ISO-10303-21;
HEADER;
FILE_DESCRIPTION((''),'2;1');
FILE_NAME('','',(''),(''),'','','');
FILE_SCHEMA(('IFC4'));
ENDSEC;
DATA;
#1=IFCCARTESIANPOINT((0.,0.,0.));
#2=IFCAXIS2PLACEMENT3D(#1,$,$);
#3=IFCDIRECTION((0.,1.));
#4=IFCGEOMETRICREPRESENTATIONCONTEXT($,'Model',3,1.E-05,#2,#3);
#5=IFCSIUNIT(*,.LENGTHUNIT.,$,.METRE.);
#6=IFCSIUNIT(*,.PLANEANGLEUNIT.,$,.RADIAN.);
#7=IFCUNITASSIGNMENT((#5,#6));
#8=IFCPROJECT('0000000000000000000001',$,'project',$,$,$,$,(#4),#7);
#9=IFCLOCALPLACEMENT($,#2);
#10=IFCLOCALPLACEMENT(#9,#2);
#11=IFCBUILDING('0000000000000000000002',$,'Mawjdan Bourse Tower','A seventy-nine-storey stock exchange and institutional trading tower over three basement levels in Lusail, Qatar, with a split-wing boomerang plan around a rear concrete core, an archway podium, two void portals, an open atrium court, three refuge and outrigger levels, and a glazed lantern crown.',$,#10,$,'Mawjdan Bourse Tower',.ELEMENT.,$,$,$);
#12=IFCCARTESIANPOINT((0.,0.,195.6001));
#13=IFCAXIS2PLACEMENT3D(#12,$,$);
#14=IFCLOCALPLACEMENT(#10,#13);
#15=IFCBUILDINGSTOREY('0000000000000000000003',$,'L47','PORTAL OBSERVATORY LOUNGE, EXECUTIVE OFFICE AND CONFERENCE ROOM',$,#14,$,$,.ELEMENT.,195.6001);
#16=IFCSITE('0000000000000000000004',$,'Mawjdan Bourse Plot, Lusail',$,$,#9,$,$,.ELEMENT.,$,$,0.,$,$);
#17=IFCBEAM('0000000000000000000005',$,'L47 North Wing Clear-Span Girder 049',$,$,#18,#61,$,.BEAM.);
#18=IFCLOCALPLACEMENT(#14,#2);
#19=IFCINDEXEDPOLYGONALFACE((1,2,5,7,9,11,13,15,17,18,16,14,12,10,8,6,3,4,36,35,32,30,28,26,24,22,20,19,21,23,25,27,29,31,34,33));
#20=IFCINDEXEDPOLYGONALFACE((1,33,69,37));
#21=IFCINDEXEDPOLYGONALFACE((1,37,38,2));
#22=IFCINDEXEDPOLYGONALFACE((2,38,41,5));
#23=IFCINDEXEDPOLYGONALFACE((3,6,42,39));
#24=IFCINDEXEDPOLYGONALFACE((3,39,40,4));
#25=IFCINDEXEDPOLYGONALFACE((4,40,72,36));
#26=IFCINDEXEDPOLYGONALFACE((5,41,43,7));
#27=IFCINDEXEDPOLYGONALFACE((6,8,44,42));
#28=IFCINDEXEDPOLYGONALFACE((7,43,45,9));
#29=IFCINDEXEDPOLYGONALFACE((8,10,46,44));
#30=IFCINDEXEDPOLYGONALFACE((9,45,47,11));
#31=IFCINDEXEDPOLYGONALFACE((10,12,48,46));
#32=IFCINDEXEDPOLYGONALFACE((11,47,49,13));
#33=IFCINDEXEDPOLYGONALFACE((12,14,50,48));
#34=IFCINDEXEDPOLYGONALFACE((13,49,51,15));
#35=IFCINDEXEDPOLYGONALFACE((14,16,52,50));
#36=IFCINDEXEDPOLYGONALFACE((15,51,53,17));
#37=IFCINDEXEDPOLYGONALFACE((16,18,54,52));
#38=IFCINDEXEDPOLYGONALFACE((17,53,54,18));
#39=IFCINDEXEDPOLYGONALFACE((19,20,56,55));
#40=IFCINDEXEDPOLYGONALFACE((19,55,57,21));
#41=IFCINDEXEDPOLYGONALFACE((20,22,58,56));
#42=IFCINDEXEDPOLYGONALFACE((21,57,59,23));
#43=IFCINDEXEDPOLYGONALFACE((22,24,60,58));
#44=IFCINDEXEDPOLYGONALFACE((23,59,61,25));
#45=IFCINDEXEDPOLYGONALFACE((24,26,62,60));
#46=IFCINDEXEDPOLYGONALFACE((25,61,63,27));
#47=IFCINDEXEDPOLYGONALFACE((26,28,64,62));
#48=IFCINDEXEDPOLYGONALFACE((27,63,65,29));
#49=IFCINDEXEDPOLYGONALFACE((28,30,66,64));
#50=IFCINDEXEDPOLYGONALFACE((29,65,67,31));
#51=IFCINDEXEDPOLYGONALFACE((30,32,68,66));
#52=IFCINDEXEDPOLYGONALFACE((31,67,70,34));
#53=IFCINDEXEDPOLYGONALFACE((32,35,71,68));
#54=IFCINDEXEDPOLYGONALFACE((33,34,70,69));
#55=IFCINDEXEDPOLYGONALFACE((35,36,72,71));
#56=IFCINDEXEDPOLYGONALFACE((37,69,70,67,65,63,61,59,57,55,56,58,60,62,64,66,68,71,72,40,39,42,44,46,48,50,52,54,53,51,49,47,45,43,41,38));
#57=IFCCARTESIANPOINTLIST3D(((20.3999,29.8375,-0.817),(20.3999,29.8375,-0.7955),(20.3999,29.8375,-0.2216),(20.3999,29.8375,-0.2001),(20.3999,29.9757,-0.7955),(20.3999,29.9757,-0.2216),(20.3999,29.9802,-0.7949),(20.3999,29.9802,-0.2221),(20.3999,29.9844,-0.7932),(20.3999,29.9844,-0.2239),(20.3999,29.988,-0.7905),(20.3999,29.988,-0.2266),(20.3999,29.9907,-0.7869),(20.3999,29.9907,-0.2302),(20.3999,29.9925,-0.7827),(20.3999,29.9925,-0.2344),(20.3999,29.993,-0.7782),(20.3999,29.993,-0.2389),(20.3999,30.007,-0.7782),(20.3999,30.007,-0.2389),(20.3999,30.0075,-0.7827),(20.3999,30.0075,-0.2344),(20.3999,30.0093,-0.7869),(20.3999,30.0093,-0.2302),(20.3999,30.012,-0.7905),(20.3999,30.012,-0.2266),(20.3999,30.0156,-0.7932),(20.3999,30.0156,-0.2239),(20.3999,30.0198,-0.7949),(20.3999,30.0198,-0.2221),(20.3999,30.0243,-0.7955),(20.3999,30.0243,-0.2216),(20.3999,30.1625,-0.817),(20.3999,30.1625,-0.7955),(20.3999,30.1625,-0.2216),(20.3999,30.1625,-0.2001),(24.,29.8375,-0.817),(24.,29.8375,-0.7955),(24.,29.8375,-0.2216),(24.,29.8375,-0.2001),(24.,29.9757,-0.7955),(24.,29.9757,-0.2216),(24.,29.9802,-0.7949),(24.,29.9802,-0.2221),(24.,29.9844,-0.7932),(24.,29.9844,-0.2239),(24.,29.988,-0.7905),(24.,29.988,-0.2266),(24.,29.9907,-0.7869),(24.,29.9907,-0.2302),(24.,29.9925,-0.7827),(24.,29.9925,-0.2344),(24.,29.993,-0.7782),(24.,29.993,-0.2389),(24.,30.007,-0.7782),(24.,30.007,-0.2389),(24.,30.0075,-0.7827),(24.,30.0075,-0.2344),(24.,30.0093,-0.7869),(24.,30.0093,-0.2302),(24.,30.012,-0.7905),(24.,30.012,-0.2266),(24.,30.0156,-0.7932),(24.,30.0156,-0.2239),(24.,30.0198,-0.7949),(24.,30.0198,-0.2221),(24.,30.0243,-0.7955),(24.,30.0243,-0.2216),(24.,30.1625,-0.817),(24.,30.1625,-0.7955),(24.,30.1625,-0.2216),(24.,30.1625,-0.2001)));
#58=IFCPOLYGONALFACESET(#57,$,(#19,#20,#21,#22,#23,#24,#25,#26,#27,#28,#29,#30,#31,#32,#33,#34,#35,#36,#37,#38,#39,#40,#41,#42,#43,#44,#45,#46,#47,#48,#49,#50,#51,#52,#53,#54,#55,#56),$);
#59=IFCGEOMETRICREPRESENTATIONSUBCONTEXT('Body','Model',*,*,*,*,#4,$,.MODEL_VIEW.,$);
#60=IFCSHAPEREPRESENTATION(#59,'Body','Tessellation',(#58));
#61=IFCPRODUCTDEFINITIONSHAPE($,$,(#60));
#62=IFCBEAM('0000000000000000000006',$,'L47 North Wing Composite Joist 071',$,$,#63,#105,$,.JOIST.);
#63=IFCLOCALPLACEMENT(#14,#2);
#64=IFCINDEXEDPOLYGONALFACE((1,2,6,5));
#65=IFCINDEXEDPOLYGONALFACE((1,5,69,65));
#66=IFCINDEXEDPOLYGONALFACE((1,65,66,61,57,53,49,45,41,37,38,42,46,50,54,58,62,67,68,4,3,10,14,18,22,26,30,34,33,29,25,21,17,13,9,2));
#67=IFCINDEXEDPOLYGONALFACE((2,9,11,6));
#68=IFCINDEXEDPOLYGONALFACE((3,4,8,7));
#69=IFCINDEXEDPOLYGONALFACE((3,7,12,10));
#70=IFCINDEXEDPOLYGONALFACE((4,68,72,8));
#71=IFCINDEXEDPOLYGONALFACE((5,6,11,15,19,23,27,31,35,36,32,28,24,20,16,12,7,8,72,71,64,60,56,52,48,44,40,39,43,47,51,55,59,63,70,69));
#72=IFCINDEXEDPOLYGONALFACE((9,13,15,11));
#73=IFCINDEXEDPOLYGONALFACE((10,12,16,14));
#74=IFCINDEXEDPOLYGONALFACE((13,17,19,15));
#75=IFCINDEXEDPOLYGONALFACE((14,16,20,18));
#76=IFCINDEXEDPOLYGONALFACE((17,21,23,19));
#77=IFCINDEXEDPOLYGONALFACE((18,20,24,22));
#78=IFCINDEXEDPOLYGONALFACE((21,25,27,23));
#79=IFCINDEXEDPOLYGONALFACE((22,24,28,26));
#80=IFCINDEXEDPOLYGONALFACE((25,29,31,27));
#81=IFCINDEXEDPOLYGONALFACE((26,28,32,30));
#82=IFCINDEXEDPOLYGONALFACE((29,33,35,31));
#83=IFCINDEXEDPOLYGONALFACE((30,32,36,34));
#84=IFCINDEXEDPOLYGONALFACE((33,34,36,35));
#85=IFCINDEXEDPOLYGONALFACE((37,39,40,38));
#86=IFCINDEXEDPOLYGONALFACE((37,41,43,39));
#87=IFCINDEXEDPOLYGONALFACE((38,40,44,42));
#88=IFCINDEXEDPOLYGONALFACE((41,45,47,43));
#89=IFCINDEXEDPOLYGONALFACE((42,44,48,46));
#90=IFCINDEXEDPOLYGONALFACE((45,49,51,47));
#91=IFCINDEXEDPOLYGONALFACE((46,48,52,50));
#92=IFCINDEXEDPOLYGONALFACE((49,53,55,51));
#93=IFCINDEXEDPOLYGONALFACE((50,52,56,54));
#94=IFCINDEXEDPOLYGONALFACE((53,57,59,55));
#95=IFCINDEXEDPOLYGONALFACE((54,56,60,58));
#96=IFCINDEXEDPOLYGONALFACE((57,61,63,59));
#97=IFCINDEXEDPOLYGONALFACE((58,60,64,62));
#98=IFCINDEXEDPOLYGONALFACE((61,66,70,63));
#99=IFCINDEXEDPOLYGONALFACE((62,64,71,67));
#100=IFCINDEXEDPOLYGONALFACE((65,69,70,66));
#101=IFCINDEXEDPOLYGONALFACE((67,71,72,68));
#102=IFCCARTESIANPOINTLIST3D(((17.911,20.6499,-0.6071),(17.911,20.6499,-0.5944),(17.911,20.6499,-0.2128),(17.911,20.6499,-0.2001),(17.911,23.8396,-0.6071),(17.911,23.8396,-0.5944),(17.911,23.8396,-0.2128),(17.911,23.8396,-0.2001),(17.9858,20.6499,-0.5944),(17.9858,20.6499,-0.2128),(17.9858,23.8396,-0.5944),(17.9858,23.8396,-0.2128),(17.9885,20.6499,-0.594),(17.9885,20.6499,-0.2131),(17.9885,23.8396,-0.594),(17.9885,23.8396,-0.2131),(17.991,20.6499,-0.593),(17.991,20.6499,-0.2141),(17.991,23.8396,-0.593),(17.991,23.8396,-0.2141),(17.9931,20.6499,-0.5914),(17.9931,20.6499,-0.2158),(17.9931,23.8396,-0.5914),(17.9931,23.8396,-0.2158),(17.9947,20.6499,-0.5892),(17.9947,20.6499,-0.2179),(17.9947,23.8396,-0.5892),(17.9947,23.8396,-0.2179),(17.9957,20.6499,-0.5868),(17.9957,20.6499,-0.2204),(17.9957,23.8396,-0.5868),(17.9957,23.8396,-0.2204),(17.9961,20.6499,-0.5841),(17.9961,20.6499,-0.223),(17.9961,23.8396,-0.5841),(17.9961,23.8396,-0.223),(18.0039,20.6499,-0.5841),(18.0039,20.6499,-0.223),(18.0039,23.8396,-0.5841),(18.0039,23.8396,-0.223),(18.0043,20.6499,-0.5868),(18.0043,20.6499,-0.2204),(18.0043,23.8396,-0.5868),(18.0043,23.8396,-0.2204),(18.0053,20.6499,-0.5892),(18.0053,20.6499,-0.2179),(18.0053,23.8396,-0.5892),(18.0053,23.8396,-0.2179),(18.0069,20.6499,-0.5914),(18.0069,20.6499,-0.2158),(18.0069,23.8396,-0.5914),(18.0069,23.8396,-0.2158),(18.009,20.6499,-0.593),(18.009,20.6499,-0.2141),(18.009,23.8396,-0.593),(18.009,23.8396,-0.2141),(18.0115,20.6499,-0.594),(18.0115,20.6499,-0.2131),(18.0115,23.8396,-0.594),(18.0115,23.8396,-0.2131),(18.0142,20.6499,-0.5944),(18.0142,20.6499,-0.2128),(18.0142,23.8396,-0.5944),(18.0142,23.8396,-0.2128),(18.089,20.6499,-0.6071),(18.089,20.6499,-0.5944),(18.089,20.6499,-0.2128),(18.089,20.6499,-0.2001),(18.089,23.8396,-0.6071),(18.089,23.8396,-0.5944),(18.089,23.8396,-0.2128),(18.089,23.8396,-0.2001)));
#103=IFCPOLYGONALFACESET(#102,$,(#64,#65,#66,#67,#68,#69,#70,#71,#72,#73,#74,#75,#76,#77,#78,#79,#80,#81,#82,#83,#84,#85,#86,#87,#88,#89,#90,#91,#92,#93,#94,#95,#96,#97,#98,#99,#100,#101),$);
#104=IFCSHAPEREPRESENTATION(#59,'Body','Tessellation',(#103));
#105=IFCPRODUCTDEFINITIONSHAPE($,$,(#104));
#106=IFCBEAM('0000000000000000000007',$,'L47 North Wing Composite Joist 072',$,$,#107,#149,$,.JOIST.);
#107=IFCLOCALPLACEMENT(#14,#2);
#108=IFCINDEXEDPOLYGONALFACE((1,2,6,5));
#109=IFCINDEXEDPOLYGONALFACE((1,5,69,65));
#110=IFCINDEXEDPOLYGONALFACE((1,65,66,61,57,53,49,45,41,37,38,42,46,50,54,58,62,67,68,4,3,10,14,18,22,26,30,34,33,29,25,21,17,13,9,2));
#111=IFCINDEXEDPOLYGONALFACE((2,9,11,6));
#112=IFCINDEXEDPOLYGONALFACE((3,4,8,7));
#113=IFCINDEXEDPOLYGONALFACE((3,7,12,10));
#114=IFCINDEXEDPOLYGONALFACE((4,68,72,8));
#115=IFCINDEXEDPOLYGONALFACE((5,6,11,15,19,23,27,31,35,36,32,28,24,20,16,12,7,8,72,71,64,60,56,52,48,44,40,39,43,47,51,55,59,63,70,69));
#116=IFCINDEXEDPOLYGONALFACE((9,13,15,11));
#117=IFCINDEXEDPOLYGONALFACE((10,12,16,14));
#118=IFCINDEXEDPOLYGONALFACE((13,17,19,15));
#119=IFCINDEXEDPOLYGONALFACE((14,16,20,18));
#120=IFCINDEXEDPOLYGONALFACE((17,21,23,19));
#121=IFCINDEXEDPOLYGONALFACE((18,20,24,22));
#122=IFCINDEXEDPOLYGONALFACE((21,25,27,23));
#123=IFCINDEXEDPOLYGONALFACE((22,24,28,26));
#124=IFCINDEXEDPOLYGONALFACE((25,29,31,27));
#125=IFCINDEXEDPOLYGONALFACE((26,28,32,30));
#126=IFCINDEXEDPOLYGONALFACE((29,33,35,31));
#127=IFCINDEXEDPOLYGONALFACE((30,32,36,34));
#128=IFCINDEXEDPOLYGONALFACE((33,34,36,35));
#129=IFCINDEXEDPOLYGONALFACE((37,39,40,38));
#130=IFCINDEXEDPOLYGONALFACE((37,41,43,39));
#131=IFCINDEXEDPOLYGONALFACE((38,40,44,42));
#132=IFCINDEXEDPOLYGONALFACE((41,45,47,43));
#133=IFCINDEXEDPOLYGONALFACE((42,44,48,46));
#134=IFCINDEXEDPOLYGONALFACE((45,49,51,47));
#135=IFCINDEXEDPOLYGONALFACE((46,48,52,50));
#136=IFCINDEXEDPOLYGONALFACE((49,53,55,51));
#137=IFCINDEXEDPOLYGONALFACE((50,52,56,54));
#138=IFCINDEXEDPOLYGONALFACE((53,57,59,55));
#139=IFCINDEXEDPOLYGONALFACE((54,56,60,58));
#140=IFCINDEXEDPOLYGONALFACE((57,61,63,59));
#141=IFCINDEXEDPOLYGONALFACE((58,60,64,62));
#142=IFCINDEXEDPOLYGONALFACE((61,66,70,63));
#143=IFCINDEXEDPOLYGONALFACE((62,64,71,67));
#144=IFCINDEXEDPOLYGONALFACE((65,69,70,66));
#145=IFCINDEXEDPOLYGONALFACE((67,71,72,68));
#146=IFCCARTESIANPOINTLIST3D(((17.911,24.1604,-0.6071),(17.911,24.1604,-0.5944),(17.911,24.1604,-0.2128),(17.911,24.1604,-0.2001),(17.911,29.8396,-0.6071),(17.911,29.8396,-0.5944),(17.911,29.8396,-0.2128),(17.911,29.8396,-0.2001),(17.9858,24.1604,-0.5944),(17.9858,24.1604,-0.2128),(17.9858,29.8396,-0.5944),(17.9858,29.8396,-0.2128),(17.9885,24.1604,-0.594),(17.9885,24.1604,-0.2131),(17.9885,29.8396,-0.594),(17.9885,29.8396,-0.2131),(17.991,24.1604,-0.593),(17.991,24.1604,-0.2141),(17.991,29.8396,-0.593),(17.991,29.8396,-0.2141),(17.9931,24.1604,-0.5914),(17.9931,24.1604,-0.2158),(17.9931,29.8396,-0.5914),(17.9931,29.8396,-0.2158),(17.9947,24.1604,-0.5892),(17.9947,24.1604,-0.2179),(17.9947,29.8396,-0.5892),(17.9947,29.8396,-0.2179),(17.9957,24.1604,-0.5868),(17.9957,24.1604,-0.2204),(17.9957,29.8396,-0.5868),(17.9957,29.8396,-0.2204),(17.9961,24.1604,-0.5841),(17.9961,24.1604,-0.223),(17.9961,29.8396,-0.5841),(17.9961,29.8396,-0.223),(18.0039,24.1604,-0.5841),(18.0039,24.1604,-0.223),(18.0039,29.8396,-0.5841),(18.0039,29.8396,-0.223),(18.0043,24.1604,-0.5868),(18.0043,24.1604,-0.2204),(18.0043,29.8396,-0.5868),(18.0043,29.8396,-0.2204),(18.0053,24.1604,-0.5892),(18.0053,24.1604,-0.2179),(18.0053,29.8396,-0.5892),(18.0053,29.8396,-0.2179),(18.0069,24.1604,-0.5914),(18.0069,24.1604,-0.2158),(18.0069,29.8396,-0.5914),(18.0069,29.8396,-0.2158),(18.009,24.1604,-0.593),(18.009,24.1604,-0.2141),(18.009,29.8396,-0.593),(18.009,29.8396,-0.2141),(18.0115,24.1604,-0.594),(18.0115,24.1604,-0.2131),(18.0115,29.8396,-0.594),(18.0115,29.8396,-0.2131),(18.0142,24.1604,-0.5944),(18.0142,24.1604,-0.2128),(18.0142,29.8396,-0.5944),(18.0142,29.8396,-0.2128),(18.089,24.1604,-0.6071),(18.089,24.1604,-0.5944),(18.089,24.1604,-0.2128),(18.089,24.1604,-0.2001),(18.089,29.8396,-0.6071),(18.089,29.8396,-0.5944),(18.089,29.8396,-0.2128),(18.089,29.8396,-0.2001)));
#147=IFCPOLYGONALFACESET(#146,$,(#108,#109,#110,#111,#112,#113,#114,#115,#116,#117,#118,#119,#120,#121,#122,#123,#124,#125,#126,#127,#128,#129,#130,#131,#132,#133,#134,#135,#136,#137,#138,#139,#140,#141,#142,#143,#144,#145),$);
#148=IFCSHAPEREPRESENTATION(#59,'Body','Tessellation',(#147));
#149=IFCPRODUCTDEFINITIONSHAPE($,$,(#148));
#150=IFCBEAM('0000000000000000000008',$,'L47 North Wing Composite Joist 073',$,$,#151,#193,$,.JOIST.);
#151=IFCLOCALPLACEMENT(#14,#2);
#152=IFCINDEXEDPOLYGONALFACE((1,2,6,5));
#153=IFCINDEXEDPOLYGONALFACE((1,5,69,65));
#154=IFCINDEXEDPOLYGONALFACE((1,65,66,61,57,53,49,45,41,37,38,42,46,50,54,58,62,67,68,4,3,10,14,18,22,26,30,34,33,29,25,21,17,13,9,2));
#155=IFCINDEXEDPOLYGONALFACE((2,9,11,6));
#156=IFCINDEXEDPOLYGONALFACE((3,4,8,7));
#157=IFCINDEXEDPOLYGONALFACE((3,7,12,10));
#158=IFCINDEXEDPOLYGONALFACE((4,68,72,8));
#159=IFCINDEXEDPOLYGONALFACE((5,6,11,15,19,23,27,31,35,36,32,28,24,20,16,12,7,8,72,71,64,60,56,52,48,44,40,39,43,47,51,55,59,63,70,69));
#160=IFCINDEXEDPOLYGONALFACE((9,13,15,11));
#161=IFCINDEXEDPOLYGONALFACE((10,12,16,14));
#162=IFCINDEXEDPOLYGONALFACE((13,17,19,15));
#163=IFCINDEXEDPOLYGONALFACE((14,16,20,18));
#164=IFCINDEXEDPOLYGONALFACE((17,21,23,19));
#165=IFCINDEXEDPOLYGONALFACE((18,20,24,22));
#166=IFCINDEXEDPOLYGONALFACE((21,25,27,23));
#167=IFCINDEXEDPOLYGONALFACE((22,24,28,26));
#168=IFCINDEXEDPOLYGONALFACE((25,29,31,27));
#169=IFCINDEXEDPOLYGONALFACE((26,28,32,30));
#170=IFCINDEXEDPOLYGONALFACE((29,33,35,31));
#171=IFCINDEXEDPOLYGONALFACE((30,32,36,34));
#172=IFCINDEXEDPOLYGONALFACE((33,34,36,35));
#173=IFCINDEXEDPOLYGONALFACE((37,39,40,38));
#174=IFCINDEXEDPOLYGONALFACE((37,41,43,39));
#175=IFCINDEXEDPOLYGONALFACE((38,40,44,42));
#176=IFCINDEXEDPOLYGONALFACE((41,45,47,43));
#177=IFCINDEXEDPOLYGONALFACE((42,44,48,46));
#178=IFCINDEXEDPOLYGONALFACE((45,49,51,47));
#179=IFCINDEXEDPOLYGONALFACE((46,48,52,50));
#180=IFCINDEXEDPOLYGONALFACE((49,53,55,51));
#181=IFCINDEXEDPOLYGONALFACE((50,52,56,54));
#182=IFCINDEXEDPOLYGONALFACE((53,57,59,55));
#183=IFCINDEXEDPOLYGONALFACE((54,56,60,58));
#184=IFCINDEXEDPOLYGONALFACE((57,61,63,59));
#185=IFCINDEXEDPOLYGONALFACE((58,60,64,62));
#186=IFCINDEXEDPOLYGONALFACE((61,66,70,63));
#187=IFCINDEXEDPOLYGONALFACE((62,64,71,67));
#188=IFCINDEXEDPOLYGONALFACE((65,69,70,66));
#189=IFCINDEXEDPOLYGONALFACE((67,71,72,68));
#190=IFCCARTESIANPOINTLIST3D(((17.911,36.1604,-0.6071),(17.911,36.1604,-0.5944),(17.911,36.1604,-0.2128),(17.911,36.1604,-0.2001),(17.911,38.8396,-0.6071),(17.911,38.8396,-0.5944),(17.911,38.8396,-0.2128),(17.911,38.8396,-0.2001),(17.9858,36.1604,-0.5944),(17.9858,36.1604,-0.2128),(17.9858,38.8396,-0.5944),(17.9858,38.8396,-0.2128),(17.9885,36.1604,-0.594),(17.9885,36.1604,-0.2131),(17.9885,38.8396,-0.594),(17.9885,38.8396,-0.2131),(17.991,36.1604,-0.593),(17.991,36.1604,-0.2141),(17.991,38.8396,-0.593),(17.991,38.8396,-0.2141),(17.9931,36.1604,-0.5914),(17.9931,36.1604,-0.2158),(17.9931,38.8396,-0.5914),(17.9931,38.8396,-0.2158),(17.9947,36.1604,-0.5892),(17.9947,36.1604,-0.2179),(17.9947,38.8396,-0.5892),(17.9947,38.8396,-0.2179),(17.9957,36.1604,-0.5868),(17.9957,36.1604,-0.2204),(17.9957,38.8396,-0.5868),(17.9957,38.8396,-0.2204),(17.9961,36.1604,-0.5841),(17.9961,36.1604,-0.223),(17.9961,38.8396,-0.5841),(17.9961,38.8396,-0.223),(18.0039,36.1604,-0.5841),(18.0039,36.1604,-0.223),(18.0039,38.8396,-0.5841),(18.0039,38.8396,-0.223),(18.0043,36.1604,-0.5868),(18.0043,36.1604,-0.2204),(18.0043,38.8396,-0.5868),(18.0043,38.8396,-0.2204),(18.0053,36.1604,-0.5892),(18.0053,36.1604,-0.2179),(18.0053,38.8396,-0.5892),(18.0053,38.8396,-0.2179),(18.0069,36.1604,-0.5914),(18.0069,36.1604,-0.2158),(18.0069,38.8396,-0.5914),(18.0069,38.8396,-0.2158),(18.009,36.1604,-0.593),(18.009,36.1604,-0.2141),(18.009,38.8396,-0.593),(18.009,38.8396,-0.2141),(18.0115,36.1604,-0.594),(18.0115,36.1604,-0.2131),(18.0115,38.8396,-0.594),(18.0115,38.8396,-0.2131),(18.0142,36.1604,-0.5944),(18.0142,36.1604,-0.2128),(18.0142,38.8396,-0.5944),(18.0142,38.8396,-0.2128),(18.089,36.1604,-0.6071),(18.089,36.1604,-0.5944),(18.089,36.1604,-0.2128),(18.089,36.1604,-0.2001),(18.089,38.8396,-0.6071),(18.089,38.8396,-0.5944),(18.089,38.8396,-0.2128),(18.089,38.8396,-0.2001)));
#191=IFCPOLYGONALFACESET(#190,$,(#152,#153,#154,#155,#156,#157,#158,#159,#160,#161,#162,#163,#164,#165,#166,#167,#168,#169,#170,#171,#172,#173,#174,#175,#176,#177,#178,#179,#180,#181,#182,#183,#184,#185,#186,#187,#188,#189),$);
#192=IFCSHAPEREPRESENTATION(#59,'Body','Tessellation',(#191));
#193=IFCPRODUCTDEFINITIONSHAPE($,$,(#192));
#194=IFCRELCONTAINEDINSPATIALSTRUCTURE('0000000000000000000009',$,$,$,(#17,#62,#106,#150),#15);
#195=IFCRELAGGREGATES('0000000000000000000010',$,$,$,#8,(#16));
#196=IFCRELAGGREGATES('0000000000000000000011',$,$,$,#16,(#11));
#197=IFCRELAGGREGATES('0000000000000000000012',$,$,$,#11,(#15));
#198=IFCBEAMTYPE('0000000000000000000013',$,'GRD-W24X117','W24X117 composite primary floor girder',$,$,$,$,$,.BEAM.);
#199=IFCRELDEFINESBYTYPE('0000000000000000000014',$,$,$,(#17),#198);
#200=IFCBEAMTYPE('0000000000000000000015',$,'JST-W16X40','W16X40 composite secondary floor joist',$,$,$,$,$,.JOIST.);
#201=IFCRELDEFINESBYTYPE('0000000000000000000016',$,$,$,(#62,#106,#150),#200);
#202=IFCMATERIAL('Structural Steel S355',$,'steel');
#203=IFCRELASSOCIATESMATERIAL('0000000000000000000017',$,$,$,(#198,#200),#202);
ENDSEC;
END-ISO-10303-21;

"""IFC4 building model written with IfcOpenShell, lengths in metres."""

from ifc_helpers import new_model, si_unit, direction, frame, origin, origin_2d, place, context, subcontext, project, spatial, i_section, extrude, material, material_profile, profile_set, type_object, element, save


model = new_model("IFC4")

# Units and contexts
model_context = context("Model", 3, precision=1e-05, world=origin(), true_north=direction((0.0, 1.0)))
body_context = subcontext(model_context, "Body", "Model", "MODEL_VIEW")
ifc_project = project(units=[si_unit("LENGTHUNIT", "METRE"), si_unit("PLANEANGLEUNIT", "RADIAN")], contexts=[model_context])

# Site, building, storey
site_placement = place(None, origin())
site = spatial("IfcSite", under=ifc_project, at=site_placement, Name="Mawjdan Bourse Plot, Lusail", CompositionType="ELEMENT", RefElevation=0.0)
building_placement = place(site_placement, origin())
building = spatial("IfcBuilding", under=site, at=building_placement, Name="Mawjdan Bourse Tower", Description="A seventy-nine-storey stock exchange and institutional trading tower over three basement levels in Lusail, Qatar, with a split-wing boomerang plan around a rear concrete core, an archway podium, two void portals, an open atrium court, three refuge and outrigger levels, and a glazed lantern crown.", LongName="Mawjdan Bourse Tower", CompositionType="ELEMENT")
storey_placement = place(building_placement, frame((0.0, 0.0, 195.6001)))
storey = spatial("IfcBuildingStorey", under=building, at=storey_placement, Name="L47", Description="PORTAL OBSERVATORY LOUNGE, EXECUTIVE OFFICE AND CONFERENCE ROOM", CompositionType="ELEMENT", Elevation=195.6001)

# Beams
ifc_material_1 = material(Name="Structural Steel S355", Category="steel")
ifc_material_profile_1 = material_profile(ifc_material_1, i_section(OverallWidth=0.325, OverallDepth=0.6169, WebThickness=0.0139, FlangeThickness=0.0215, FilletRadius=0.0173, at=origin_2d()), Name="W24X117")
ifc_profile_set_1 = profile_set([ifc_material_profile_1], Name="Structural Steel S355")
beam_type_1 = type_object("IfcBeamType", Name="GRD-W24X117", Description="W24X117 composite primary floor girder", PredefinedType="BEAM", material=ifc_profile_set_1)
beam_1_placement = place(storey_placement, frame((20.3999, 30.0, -0.5085), z_axis=(1.0, 0.0, 0.0), x_axis=(0.0, 1.0, 0.0)))
element("IfcBeam", 1, at=beam_1_placement, inside=storey, type_object=beam_type_1, Name="L47 North Wing Clear-Span Girder 049", PredefinedType="BEAM", context=body_context, shape_type="SweptSolid", body=[
    extrude(i_section(OverallWidth=0.325, OverallDepth=0.6169, WebThickness=0.0139, FlangeThickness=0.0215, FilletRadius=0.0173, at=origin_2d()), origin(), (0.0, 0.0, 1.0), 3.6001),
])
ifc_material_profile_2 = material_profile(ifc_material_1, i_section(OverallWidth=0.178, OverallDepth=0.407, WebThickness=0.0078, FlangeThickness=0.0127, FilletRadius=0.0103, at=origin_2d()), Name="W16X40")
ifc_profile_set_2 = profile_set([ifc_material_profile_2], Name="Structural Steel S355")
beam_type_2 = type_object("IfcBeamType", Name="JST-W16X40", Description="W16X40 composite secondary floor joist", PredefinedType="JOIST", material=ifc_profile_set_2)
beam_2_placement = place(storey_placement, frame((18.0, 20.6499, -0.4036), z_axis=(0.0, 1.0, 0.0), x_axis=(-1.0, 0.0, 0.0)))
element("IfcBeam", 2, at=beam_2_placement, inside=storey, type_object=beam_type_2, Name="L47 North Wing Composite Joist 071", PredefinedType="JOIST", context=body_context, shape_type="SweptSolid", body=[
    extrude(i_section(OverallWidth=0.178, OverallDepth=0.407, WebThickness=0.0078, FlangeThickness=0.0127, FilletRadius=0.0103, at=origin_2d()), origin(), (0.0, 0.0, 1.0), 3.1897),
])
beam_3_placement = place(storey_placement, frame((18.0, 24.1604, -0.4036), z_axis=(0.0, 1.0, 0.0), x_axis=(-1.0, 0.0, 0.0)))
element("IfcBeam", 3, at=beam_3_placement, inside=storey, type_object=beam_type_2, Name="L47 North Wing Composite Joist 072", PredefinedType="JOIST", context=body_context, shape_type="SweptSolid", body=[
    extrude(i_section(OverallWidth=0.178, OverallDepth=0.407, WebThickness=0.0078, FlangeThickness=0.0127, FilletRadius=0.0103, at=origin_2d()), origin(), (0.0, 0.0, 1.0), 5.6792),
])
for number, where, z_axis, x_axis, name in (
    (4, (18.0, 36.1604, -0.4036), (0.0, 1.0, 0.0), (-1.0, 0.0, 0.0), "L47 North Wing Composite Joist 073"),
):
    element("IfcBeam", number, at=place(storey_placement, frame(where, z_axis=z_axis, x_axis=x_axis)), inside=storey, type_object=beam_type_2, Name=name, PredefinedType="JOIST", context=body_context, shape_type="SweptSolid", body=[
        extrude(i_section(OverallWidth=0.178, OverallDepth=0.407, WebThickness=0.0078, FlangeThickness=0.0127, FilletRadius=0.0103, at=origin_2d()), origin(), (0.0, 0.0, 1.0), 2.6792),
    ])

save(model, "model.ifc")
